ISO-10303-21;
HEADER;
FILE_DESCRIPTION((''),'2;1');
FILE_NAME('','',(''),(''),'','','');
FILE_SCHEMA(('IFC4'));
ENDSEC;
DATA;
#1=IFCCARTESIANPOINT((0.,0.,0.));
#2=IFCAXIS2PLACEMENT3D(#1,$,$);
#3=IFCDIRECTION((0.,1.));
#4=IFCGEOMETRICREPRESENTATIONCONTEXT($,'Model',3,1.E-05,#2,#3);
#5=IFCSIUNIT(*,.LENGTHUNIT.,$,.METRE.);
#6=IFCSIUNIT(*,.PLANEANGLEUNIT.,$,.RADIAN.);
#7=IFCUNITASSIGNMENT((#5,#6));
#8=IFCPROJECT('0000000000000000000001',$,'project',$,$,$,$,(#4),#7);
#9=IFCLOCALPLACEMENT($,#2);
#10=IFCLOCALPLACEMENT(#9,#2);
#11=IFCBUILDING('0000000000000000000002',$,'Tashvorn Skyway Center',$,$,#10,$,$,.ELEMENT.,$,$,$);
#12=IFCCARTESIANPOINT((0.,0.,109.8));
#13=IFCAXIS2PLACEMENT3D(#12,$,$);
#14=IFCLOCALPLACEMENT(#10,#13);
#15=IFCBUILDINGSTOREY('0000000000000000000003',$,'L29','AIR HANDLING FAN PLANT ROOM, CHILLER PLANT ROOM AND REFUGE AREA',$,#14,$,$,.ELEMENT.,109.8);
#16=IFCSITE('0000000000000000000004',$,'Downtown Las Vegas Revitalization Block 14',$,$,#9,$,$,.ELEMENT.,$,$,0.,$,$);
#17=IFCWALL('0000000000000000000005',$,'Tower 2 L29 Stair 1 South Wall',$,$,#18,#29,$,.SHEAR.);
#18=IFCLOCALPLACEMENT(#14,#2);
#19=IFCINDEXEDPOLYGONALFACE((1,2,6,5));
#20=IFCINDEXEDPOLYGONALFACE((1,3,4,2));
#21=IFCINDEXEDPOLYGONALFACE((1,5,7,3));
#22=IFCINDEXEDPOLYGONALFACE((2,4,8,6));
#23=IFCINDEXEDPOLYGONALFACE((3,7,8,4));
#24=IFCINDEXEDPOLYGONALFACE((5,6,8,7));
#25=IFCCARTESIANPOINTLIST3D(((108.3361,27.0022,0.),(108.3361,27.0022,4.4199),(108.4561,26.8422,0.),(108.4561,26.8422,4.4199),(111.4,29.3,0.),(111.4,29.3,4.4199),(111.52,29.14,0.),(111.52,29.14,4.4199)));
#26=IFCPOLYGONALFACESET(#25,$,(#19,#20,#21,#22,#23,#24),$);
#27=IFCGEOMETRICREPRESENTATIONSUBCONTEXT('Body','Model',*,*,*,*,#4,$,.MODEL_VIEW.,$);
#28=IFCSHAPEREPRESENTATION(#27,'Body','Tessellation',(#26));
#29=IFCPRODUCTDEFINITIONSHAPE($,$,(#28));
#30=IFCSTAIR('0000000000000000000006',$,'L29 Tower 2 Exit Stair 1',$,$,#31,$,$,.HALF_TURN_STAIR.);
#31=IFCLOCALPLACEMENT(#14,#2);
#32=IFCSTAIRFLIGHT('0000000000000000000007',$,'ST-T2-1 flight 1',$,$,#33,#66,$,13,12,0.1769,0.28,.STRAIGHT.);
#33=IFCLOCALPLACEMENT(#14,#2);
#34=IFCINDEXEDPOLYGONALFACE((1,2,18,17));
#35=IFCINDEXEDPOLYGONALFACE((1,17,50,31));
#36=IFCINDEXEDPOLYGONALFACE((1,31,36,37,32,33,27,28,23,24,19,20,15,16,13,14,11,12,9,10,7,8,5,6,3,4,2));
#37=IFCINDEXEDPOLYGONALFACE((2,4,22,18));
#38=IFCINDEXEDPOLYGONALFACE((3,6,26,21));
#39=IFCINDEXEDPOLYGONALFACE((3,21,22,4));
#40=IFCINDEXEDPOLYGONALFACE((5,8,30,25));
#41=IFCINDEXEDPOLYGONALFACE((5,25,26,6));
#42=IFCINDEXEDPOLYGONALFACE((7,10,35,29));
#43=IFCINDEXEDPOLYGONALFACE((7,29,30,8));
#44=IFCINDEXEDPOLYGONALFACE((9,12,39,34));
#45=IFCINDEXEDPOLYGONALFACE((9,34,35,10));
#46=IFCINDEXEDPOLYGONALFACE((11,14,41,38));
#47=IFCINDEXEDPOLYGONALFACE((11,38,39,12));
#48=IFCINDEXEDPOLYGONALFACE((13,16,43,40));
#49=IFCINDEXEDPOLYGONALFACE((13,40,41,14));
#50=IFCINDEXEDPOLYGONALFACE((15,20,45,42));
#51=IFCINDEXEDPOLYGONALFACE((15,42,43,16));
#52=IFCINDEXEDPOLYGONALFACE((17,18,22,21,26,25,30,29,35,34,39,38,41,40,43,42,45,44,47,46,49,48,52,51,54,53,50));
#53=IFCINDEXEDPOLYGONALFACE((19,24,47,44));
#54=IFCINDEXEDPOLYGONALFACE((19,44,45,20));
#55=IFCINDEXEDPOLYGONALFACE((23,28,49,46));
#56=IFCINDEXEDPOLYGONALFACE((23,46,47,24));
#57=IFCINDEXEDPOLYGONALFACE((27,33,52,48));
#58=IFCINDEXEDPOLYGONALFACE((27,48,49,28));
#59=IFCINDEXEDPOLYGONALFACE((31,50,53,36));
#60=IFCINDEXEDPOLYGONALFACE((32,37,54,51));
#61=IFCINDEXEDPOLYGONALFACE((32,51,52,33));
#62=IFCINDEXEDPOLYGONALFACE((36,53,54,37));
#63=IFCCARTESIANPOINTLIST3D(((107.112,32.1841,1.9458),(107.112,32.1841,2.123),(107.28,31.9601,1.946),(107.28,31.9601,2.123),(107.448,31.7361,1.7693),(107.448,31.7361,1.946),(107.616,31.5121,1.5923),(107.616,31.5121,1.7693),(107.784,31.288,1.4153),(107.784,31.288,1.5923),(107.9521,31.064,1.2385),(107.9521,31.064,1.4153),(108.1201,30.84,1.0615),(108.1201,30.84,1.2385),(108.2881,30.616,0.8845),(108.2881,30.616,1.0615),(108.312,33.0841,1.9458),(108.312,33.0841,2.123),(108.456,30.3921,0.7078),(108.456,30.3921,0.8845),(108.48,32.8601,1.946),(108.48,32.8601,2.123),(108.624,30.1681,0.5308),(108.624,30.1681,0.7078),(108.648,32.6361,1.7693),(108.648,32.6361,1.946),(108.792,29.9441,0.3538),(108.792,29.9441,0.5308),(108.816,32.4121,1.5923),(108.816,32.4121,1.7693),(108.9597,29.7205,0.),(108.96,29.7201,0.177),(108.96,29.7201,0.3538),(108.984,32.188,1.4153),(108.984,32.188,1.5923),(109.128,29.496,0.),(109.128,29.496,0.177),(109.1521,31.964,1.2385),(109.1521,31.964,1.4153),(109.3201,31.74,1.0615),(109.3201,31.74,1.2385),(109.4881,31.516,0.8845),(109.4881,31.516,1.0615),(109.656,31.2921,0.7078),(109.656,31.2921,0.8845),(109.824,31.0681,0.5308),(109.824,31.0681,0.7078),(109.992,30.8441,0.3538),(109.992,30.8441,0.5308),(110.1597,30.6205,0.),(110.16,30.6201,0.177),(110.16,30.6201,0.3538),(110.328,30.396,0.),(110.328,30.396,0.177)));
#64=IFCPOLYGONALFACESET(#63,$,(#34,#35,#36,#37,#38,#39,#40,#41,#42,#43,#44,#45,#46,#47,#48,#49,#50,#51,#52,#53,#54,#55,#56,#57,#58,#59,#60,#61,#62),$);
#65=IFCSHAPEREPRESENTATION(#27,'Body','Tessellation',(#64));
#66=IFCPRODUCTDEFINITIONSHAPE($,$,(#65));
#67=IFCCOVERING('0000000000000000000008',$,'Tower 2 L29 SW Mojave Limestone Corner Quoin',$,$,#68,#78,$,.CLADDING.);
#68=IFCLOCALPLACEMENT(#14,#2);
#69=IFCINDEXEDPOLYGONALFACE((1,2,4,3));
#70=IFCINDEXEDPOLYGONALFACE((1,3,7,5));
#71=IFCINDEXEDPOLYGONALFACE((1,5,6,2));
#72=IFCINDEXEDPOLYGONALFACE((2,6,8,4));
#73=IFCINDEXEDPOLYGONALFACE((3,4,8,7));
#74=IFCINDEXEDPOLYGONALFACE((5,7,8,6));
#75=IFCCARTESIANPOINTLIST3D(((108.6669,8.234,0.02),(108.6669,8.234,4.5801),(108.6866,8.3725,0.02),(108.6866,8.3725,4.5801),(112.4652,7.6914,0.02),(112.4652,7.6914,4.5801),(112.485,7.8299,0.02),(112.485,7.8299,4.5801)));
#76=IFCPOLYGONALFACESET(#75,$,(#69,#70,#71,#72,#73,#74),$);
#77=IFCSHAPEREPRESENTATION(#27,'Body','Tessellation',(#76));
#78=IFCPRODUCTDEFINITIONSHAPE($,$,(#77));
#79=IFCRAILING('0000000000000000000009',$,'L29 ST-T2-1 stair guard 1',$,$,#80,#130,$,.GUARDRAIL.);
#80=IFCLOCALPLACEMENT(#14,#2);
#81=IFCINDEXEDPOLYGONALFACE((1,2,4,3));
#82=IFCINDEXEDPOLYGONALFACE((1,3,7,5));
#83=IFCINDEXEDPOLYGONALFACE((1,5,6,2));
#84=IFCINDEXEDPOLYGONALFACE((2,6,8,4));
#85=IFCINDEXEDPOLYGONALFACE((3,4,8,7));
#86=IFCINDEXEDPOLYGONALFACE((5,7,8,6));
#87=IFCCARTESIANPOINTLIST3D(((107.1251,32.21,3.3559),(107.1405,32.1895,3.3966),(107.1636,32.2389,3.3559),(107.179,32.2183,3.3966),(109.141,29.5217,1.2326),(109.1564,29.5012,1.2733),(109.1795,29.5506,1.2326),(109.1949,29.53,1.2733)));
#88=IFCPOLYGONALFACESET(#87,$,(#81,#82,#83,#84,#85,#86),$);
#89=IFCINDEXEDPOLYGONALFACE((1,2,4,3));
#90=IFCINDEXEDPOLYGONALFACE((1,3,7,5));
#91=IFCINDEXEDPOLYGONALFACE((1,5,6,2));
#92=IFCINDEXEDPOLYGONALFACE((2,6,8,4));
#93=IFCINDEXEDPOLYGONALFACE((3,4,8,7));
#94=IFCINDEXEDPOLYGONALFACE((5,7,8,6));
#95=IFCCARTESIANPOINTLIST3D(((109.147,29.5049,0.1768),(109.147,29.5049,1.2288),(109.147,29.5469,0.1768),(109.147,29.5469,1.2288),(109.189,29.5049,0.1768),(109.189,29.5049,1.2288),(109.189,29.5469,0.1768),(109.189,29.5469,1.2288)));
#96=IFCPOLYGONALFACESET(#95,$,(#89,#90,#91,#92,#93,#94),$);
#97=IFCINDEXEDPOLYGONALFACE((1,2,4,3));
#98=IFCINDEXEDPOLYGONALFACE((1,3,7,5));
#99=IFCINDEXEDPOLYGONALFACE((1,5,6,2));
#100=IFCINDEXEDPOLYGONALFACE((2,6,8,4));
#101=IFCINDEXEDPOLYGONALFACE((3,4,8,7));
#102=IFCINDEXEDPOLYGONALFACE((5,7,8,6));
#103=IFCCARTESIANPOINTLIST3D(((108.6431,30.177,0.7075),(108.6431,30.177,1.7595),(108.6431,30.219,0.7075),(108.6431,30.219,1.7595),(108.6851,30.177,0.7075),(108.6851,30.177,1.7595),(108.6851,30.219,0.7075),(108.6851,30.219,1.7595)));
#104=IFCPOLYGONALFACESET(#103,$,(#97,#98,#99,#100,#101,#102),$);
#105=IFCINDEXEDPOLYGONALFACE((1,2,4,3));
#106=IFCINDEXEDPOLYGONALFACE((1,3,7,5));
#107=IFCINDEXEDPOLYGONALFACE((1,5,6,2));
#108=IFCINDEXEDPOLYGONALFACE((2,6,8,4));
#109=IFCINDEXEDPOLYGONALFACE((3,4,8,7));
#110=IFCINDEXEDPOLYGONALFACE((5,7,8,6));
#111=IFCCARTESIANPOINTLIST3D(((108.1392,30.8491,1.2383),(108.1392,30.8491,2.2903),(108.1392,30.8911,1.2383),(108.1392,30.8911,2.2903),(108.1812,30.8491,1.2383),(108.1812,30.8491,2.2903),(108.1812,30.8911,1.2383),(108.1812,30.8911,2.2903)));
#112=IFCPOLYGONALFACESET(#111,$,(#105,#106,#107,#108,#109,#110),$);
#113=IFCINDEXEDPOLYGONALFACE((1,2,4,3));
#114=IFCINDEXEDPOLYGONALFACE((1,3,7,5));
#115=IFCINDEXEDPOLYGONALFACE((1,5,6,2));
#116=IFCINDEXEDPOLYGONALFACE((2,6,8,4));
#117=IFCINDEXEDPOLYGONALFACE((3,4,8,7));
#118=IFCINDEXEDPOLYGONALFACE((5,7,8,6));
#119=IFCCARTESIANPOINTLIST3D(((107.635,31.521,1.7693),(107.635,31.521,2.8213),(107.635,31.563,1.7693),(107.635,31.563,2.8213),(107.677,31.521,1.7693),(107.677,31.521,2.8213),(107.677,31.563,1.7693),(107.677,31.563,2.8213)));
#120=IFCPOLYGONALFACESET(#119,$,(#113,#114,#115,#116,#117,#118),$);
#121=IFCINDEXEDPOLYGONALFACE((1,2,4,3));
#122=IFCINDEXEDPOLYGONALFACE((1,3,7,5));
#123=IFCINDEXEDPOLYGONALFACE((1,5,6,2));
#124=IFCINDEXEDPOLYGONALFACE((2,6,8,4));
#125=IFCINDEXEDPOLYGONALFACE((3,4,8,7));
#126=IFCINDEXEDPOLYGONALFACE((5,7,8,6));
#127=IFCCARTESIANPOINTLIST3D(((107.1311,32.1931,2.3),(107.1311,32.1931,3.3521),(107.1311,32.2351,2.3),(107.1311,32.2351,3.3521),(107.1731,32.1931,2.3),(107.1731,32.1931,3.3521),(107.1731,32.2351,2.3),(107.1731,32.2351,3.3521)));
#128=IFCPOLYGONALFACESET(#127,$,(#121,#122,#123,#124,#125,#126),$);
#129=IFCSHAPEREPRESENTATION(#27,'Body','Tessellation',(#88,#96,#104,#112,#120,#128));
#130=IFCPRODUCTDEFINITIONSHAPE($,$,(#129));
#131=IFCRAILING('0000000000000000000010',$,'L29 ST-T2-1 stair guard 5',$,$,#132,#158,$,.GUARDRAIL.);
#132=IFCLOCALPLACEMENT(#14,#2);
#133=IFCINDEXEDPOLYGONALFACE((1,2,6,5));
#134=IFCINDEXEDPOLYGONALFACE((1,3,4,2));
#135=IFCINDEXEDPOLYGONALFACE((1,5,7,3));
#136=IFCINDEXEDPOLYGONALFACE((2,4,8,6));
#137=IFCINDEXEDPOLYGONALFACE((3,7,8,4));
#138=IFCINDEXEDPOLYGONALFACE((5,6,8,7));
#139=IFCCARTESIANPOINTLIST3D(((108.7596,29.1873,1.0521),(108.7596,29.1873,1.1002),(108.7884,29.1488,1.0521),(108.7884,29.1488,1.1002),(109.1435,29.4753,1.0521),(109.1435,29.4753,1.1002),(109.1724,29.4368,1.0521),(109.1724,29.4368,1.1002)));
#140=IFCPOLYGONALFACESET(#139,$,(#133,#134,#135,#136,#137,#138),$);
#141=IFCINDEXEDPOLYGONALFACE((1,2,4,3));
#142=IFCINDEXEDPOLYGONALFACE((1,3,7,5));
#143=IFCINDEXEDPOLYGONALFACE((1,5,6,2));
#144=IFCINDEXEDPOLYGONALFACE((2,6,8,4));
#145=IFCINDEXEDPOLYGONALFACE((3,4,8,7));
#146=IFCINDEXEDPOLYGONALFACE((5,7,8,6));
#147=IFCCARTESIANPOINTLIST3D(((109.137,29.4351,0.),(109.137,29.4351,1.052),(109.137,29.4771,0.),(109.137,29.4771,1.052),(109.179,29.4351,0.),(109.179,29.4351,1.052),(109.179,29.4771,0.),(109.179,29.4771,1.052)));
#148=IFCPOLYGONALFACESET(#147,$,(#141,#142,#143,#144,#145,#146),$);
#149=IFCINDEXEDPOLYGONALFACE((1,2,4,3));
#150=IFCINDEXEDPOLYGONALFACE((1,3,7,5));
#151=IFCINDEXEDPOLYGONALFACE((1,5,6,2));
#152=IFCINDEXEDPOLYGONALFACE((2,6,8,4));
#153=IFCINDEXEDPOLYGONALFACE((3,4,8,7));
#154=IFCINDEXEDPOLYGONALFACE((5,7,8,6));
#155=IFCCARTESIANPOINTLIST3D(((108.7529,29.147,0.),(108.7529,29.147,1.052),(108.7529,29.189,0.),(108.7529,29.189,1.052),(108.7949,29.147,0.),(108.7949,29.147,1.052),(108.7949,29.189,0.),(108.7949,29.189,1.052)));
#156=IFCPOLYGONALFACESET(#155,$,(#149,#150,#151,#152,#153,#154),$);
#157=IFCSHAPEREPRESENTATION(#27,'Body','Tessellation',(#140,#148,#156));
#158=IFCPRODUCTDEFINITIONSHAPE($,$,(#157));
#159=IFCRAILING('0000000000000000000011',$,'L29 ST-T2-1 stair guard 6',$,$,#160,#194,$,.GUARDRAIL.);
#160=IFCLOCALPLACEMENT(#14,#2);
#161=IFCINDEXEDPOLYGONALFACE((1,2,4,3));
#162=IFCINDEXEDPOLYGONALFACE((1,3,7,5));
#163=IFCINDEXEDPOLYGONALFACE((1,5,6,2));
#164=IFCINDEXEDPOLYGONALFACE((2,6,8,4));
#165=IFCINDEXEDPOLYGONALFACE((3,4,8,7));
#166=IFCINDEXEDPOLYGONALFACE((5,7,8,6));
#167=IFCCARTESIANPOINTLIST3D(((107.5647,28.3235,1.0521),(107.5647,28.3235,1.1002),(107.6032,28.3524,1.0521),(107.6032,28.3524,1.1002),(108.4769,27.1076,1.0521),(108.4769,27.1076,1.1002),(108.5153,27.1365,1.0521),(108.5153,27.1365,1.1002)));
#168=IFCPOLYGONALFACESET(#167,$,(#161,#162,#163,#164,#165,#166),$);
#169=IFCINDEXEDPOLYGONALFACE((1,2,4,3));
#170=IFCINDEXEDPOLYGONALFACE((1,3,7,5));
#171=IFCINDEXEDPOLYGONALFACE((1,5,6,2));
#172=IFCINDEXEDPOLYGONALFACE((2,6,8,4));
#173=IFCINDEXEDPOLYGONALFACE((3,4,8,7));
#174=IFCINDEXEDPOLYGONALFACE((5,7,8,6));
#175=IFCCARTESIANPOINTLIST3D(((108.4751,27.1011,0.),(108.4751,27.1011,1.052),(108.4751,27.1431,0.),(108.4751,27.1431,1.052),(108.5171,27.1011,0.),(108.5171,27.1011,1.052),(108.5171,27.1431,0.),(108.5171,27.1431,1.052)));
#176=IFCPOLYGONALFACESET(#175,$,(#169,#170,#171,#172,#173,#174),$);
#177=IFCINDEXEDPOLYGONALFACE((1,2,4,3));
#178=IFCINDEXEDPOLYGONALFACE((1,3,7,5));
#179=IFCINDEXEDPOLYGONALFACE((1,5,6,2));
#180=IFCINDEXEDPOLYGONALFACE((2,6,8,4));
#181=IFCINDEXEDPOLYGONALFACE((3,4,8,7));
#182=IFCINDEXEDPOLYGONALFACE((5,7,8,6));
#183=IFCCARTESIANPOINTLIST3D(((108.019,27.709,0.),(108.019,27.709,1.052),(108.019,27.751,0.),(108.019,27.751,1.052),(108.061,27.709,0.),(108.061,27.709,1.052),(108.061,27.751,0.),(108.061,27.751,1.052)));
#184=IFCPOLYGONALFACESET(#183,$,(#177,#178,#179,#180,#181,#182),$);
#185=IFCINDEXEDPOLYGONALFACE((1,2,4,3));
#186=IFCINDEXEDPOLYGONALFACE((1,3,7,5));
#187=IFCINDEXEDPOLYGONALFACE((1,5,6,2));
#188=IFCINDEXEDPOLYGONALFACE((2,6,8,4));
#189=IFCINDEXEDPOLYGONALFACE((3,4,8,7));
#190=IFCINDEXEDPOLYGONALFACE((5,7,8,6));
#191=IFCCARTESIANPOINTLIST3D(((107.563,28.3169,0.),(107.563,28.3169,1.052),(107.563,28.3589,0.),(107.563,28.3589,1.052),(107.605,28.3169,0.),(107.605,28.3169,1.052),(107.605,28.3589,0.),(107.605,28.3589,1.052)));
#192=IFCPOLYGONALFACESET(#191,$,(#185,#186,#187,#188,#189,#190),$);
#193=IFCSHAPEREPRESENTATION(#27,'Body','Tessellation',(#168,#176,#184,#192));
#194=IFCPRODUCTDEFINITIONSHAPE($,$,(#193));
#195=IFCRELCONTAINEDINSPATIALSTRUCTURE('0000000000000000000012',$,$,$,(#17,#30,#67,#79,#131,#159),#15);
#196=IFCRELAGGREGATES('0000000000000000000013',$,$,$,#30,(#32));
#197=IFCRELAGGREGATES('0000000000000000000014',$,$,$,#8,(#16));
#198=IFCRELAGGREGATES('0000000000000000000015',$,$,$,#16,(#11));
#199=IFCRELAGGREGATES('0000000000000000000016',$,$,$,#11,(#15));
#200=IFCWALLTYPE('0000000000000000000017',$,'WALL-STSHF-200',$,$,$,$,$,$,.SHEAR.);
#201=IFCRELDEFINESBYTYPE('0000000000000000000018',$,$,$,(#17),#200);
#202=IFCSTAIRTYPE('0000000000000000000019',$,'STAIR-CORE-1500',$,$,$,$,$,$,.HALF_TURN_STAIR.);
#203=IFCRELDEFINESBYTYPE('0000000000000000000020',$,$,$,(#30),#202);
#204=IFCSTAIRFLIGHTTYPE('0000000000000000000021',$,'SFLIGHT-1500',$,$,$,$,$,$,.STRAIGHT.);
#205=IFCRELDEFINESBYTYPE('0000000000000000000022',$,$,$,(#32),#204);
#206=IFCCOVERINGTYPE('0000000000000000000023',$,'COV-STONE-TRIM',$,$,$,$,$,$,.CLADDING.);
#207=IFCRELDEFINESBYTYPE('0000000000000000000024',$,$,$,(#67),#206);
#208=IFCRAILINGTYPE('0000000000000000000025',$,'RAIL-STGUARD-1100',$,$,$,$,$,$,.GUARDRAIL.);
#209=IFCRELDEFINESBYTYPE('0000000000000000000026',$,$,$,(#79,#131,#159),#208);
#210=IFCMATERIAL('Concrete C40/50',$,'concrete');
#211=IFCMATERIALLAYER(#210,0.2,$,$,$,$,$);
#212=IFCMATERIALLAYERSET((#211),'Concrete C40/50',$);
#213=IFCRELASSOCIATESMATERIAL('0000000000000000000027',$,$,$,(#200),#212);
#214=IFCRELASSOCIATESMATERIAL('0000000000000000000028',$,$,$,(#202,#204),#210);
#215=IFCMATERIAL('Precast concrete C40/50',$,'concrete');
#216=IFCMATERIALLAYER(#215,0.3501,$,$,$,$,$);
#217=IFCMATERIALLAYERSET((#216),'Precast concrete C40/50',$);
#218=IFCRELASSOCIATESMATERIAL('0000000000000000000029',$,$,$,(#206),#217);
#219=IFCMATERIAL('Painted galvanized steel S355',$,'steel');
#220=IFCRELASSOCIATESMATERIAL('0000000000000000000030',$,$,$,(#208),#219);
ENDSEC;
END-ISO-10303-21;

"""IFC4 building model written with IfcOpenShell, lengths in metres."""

from ifc_helpers import new_model, si_unit, direction, frame, frame_2d, origin, origin_2d, place, context, subcontext, project, spatial, polyline, rectangle, outline, extrude, material, layer, layer_set, type_object, element, aggregate, save


model = new_model("IFC4")

# Units and contexts
model_context = context("Model", 3, precision=1e-05, world=origin(), true_north=direction((0.0, 1.0)))
body_context = subcontext(model_context, "Body", "Model", "MODEL_VIEW")
ifc_project = project(units=[si_unit("LENGTHUNIT", "METRE"), si_unit("PLANEANGLEUNIT", "RADIAN")], contexts=[model_context])

# Site, building, storey
site_placement = place(None, origin())
site = spatial("IfcSite", under=ifc_project, at=site_placement, Name="Downtown Las Vegas Revitalization Block 14", CompositionType="ELEMENT", RefElevation=0.0)
building_placement = place(site_placement, origin())
building = spatial("IfcBuilding", under=site, at=building_placement, Name="Tashvorn Skyway Center", CompositionType="ELEMENT")
storey_placement = place(building_placement, frame((0.0, 0.0, 109.8)))
storey = spatial("IfcBuildingStorey", under=building, at=storey_placement, Name="L29", Description="AIR HANDLING FAN PLANT ROOM, CHILLER PLANT ROOM AND REFUGE AREA", CompositionType="ELEMENT", Elevation=109.8)

# Shared definitions
ifc_material_1 = material(Name="Precast concrete C40/50", Category="concrete")

# Shared definitions
ifc_material_2 = material(Name="Concrete C40/50", Category="concrete")

# Shared definitions
ifc_layer_1 = layer(ifc_material_2, 0.2)
ifc_layer_set_1 = layer_set([ifc_layer_1], Name="Concrete C40/50")
wall_type_1 = type_object("IfcWallType", Name="WALL-STSHF-200", PredefinedType="SHEAR", material=ifc_layer_set_1)

# Wall
wall_1_placement = place(storey_placement, frame((108.396, 26.9221, 0.0), z_axis=(0.0, 0.0, 1.0), x_axis=(0.800015, 0.59998, 0.0)))
element("IfcWall", 1, at=wall_1_placement, inside=storey, type_object=wall_type_1, Name="Tower 2 L29 Stair 1 South Wall", PredefinedType="SHEAR", context=body_context, shape_type="SweptSolid", body=[
    extrude(rectangle(XDim=3.8298, YDim=0.2, at=frame_2d((1.915, 0.0))), origin(), (0.0, 0.0, 1.0), 4.4199),
])

# Stair, stair flight
stair_type = type_object("IfcStairType", Name="STAIR-CORE-1500", PredefinedType="HALF_TURN_STAIR", material=ifc_material_2)
stair_placement = place(storey_placement, origin())
stair = element("IfcStair", 2, at=stair_placement, inside=storey, type_object=stair_type, Name="L29 Tower 2 Exit Stair 1", PredefinedType="HALF_TURN_STAIR")
stair_flight_type = type_object("IfcStairFlightType", Name="SFLIGHT-1500", PredefinedType="STRAIGHT", material=ifc_material_2)
stair_flight_placement = place(storey_placement, frame((109.728, 29.946, 0.0), z_axis=(0.0, 0.0, 1.0), x_axis=(-0.6, 0.8, 0.0)))
stair_flight = element("IfcStairFlight", 3, at=stair_flight_placement, type_object=stair_flight_type, Name="ST-T2-1 flight 1", NumberOfRisers=13, NumberOfTreads=12, PredefinedType="STRAIGHT", RiserHeight=0.1769, TreadLength=0.28, context=body_context, shape_type="SweptSolid", body=[
    extrude(outline(polyline([(0.0, 0.0), (0.0, 0.177), (0.28, 0.177), (0.28, 0.3538), (0.5601, 0.3538), (0.5601, 0.5308), (0.8401, 0.5308), (0.8401, 0.7078), (1.1201, 0.7078), (1.1201, 0.8845), (1.3999, 0.8845), (1.3999, 1.0615), (1.6799, 1.0615), (1.6799, 1.2385), (1.96, 1.2385), (1.96, 1.4153), (2.24, 1.4153), (2.24, 1.5923), (2.52, 1.5923), (2.52, 1.7693), (2.8, 1.7693), (2.8, 1.946), (3.0801, 1.946), (3.0801, 2.123), (3.3601, 2.123), (3.3601, 2.3), (3.3601, 1.9458), (0.2805, 0.0), (0.0, 0.0)])), frame((0.0, 0.75, 0.0), z_axis=(0.0, -1.0, 0.0), x_axis=(1.0, 0.0, 0.0)), (0.0, 0.0, 1.0), 1.5),
])
aggregate(stair, [stair_flight])

# Covering
ifc_layer_2 = layer(ifc_material_1, 0.3501)
ifc_layer_set_2 = layer_set([ifc_layer_2], Name="Precast concrete C40/50")
covering_type = type_object("IfcCoveringType", Name="COV-STONE-TRIM", PredefinedType="CLADDING", material=ifc_layer_set_2)
covering_placement = place(storey_placement, frame((110.5759, 8.032, 0.02), z_axis=(0.0, 0.0, 1.0), x_axis=(-0.989949, 0.141421, 0.0)))
element("IfcCovering", 4, at=covering_placement, inside=storey, type_object=covering_type, Name="Tower 2 L29 SW Mojave Limestone Corner Quoin", PredefinedType="CLADDING", context=body_context, shape_type="SweptSolid", body=[
    extrude(rectangle(XDim=3.8369, YDim=0.1399, at=origin_2d()), origin(), (0.0, 0.0, 1.0), 4.5601),
])

# Railings
ifc_material_3 = material(Name="Painted galvanized steel S355", Category="steel")
railing_type = type_object("IfcRailingType", Name="RAIL-STGUARD-1100", PredefinedType="GUARDRAIL", material=ifc_material_3)
railing_1_placement = place(storey_placement, frame((109.168, 29.5259, 0.1768)))
element("IfcRailing", 5, at=railing_1_placement, inside=storey, type_object=railing_type, Name="L29 ST-T2-1 stair guard 1", PredefinedType="GUARDRAIL", context=body_context, shape_type="SweptSolid", body=[
    extrude(rectangle(XDim=0.0481, YDim=0.0481, at=origin_2d()), frame((0.0, 0.0, 1.0762), z_axis=(-0.507168, 0.676326, 0.534194), x_axis=(-0.800044, -0.599942, 0.0)), (0.0, 0.0, 1.0), 3.9749),
    extrude(rectangle(XDim=0.042, YDim=0.042, at=origin_2d()), origin(), (0.0, 0.0, 1.0), 1.052),
    extrude(rectangle(XDim=0.042, YDim=0.042, at=origin_2d()), frame((-0.5039, 0.6721, 0.5308)), (0.0, 0.0, 1.0), 1.052),
    extrude(rectangle(XDim=0.042, YDim=0.042, at=origin_2d()), frame((-1.0078, 1.3442, 1.0615)), (0.0, 0.0, 1.0), 1.052),
    extrude(rectangle(XDim=0.042, YDim=0.042, at=origin_2d()), frame((-1.512, 2.0161, 1.5925)), (0.0, 0.0, 1.0), 1.052),
    extrude(rectangle(XDim=0.042, YDim=0.042, at=origin_2d()), frame((-2.0159, 2.6882, 2.1233)), (0.0, 0.0, 1.0), 1.052),
])
railing_2_placement = place(storey_placement, frame((109.158, 29.4561, 0.0)))
element("IfcRailing", 6, at=railing_2_placement, inside=storey, type_object=railing_type, Name="L29 ST-T2-1 stair guard 5", PredefinedType="GUARDRAIL", context=body_context, shape_type="SweptSolid", body=[
    extrude(rectangle(XDim=0.0481, YDim=0.0481, at=origin_2d()), frame((0.0, 0.0, 1.0762), z_axis=(-0.799939, -0.600081, 0.0), x_axis=(0.600081, -0.799939, 0.0)), (0.0, 0.0, 1.0), 0.48),
    extrude(rectangle(XDim=0.042, YDim=0.042, at=origin_2d()), origin(), (0.0, 0.0, 1.0), 1.052),
    extrude(rectangle(XDim=0.042, YDim=0.042, at=origin_2d()), frame((-0.384, -0.2881, 0.0)), (0.0, 0.0, 1.0), 1.052),
])
railing_3_placement = place(storey_placement, frame((108.4961, 27.1221, 0.0)))
element("IfcRailing", 7, at=railing_3_placement, inside=storey, type_object=railing_type, Name="L29 ST-T2-1 stair guard 6", PredefinedType="GUARDRAIL", context=body_context, shape_type="SweptSolid", body=[
    extrude(rectangle(XDim=0.0481, YDim=0.0481, at=origin_2d()), frame((0.0, 0.0, 1.0762), z_axis=(-0.600103, 0.799923, 0.0), x_axis=(-0.799923, -0.600103, 0.0)), (0.0, 0.0, 1.0), 1.52),
    extrude(rectangle(XDim=0.042, YDim=0.042, at=origin_2d()), origin(), (0.0, 0.0, 1.0), 1.052),
    extrude(rectangle(XDim=0.042, YDim=0.042, at=origin_2d()), frame((-0.4561, 0.6079, 0.0)), (0.0, 0.0, 1.0), 1.052),
    extrude(rectangle(XDim=0.042, YDim=0.042, at=origin_2d()), frame((-0.9121, 1.2158, 0.0)), (0.0, 0.0, 1.0), 1.052),
])

save(model, "model.ifc")
